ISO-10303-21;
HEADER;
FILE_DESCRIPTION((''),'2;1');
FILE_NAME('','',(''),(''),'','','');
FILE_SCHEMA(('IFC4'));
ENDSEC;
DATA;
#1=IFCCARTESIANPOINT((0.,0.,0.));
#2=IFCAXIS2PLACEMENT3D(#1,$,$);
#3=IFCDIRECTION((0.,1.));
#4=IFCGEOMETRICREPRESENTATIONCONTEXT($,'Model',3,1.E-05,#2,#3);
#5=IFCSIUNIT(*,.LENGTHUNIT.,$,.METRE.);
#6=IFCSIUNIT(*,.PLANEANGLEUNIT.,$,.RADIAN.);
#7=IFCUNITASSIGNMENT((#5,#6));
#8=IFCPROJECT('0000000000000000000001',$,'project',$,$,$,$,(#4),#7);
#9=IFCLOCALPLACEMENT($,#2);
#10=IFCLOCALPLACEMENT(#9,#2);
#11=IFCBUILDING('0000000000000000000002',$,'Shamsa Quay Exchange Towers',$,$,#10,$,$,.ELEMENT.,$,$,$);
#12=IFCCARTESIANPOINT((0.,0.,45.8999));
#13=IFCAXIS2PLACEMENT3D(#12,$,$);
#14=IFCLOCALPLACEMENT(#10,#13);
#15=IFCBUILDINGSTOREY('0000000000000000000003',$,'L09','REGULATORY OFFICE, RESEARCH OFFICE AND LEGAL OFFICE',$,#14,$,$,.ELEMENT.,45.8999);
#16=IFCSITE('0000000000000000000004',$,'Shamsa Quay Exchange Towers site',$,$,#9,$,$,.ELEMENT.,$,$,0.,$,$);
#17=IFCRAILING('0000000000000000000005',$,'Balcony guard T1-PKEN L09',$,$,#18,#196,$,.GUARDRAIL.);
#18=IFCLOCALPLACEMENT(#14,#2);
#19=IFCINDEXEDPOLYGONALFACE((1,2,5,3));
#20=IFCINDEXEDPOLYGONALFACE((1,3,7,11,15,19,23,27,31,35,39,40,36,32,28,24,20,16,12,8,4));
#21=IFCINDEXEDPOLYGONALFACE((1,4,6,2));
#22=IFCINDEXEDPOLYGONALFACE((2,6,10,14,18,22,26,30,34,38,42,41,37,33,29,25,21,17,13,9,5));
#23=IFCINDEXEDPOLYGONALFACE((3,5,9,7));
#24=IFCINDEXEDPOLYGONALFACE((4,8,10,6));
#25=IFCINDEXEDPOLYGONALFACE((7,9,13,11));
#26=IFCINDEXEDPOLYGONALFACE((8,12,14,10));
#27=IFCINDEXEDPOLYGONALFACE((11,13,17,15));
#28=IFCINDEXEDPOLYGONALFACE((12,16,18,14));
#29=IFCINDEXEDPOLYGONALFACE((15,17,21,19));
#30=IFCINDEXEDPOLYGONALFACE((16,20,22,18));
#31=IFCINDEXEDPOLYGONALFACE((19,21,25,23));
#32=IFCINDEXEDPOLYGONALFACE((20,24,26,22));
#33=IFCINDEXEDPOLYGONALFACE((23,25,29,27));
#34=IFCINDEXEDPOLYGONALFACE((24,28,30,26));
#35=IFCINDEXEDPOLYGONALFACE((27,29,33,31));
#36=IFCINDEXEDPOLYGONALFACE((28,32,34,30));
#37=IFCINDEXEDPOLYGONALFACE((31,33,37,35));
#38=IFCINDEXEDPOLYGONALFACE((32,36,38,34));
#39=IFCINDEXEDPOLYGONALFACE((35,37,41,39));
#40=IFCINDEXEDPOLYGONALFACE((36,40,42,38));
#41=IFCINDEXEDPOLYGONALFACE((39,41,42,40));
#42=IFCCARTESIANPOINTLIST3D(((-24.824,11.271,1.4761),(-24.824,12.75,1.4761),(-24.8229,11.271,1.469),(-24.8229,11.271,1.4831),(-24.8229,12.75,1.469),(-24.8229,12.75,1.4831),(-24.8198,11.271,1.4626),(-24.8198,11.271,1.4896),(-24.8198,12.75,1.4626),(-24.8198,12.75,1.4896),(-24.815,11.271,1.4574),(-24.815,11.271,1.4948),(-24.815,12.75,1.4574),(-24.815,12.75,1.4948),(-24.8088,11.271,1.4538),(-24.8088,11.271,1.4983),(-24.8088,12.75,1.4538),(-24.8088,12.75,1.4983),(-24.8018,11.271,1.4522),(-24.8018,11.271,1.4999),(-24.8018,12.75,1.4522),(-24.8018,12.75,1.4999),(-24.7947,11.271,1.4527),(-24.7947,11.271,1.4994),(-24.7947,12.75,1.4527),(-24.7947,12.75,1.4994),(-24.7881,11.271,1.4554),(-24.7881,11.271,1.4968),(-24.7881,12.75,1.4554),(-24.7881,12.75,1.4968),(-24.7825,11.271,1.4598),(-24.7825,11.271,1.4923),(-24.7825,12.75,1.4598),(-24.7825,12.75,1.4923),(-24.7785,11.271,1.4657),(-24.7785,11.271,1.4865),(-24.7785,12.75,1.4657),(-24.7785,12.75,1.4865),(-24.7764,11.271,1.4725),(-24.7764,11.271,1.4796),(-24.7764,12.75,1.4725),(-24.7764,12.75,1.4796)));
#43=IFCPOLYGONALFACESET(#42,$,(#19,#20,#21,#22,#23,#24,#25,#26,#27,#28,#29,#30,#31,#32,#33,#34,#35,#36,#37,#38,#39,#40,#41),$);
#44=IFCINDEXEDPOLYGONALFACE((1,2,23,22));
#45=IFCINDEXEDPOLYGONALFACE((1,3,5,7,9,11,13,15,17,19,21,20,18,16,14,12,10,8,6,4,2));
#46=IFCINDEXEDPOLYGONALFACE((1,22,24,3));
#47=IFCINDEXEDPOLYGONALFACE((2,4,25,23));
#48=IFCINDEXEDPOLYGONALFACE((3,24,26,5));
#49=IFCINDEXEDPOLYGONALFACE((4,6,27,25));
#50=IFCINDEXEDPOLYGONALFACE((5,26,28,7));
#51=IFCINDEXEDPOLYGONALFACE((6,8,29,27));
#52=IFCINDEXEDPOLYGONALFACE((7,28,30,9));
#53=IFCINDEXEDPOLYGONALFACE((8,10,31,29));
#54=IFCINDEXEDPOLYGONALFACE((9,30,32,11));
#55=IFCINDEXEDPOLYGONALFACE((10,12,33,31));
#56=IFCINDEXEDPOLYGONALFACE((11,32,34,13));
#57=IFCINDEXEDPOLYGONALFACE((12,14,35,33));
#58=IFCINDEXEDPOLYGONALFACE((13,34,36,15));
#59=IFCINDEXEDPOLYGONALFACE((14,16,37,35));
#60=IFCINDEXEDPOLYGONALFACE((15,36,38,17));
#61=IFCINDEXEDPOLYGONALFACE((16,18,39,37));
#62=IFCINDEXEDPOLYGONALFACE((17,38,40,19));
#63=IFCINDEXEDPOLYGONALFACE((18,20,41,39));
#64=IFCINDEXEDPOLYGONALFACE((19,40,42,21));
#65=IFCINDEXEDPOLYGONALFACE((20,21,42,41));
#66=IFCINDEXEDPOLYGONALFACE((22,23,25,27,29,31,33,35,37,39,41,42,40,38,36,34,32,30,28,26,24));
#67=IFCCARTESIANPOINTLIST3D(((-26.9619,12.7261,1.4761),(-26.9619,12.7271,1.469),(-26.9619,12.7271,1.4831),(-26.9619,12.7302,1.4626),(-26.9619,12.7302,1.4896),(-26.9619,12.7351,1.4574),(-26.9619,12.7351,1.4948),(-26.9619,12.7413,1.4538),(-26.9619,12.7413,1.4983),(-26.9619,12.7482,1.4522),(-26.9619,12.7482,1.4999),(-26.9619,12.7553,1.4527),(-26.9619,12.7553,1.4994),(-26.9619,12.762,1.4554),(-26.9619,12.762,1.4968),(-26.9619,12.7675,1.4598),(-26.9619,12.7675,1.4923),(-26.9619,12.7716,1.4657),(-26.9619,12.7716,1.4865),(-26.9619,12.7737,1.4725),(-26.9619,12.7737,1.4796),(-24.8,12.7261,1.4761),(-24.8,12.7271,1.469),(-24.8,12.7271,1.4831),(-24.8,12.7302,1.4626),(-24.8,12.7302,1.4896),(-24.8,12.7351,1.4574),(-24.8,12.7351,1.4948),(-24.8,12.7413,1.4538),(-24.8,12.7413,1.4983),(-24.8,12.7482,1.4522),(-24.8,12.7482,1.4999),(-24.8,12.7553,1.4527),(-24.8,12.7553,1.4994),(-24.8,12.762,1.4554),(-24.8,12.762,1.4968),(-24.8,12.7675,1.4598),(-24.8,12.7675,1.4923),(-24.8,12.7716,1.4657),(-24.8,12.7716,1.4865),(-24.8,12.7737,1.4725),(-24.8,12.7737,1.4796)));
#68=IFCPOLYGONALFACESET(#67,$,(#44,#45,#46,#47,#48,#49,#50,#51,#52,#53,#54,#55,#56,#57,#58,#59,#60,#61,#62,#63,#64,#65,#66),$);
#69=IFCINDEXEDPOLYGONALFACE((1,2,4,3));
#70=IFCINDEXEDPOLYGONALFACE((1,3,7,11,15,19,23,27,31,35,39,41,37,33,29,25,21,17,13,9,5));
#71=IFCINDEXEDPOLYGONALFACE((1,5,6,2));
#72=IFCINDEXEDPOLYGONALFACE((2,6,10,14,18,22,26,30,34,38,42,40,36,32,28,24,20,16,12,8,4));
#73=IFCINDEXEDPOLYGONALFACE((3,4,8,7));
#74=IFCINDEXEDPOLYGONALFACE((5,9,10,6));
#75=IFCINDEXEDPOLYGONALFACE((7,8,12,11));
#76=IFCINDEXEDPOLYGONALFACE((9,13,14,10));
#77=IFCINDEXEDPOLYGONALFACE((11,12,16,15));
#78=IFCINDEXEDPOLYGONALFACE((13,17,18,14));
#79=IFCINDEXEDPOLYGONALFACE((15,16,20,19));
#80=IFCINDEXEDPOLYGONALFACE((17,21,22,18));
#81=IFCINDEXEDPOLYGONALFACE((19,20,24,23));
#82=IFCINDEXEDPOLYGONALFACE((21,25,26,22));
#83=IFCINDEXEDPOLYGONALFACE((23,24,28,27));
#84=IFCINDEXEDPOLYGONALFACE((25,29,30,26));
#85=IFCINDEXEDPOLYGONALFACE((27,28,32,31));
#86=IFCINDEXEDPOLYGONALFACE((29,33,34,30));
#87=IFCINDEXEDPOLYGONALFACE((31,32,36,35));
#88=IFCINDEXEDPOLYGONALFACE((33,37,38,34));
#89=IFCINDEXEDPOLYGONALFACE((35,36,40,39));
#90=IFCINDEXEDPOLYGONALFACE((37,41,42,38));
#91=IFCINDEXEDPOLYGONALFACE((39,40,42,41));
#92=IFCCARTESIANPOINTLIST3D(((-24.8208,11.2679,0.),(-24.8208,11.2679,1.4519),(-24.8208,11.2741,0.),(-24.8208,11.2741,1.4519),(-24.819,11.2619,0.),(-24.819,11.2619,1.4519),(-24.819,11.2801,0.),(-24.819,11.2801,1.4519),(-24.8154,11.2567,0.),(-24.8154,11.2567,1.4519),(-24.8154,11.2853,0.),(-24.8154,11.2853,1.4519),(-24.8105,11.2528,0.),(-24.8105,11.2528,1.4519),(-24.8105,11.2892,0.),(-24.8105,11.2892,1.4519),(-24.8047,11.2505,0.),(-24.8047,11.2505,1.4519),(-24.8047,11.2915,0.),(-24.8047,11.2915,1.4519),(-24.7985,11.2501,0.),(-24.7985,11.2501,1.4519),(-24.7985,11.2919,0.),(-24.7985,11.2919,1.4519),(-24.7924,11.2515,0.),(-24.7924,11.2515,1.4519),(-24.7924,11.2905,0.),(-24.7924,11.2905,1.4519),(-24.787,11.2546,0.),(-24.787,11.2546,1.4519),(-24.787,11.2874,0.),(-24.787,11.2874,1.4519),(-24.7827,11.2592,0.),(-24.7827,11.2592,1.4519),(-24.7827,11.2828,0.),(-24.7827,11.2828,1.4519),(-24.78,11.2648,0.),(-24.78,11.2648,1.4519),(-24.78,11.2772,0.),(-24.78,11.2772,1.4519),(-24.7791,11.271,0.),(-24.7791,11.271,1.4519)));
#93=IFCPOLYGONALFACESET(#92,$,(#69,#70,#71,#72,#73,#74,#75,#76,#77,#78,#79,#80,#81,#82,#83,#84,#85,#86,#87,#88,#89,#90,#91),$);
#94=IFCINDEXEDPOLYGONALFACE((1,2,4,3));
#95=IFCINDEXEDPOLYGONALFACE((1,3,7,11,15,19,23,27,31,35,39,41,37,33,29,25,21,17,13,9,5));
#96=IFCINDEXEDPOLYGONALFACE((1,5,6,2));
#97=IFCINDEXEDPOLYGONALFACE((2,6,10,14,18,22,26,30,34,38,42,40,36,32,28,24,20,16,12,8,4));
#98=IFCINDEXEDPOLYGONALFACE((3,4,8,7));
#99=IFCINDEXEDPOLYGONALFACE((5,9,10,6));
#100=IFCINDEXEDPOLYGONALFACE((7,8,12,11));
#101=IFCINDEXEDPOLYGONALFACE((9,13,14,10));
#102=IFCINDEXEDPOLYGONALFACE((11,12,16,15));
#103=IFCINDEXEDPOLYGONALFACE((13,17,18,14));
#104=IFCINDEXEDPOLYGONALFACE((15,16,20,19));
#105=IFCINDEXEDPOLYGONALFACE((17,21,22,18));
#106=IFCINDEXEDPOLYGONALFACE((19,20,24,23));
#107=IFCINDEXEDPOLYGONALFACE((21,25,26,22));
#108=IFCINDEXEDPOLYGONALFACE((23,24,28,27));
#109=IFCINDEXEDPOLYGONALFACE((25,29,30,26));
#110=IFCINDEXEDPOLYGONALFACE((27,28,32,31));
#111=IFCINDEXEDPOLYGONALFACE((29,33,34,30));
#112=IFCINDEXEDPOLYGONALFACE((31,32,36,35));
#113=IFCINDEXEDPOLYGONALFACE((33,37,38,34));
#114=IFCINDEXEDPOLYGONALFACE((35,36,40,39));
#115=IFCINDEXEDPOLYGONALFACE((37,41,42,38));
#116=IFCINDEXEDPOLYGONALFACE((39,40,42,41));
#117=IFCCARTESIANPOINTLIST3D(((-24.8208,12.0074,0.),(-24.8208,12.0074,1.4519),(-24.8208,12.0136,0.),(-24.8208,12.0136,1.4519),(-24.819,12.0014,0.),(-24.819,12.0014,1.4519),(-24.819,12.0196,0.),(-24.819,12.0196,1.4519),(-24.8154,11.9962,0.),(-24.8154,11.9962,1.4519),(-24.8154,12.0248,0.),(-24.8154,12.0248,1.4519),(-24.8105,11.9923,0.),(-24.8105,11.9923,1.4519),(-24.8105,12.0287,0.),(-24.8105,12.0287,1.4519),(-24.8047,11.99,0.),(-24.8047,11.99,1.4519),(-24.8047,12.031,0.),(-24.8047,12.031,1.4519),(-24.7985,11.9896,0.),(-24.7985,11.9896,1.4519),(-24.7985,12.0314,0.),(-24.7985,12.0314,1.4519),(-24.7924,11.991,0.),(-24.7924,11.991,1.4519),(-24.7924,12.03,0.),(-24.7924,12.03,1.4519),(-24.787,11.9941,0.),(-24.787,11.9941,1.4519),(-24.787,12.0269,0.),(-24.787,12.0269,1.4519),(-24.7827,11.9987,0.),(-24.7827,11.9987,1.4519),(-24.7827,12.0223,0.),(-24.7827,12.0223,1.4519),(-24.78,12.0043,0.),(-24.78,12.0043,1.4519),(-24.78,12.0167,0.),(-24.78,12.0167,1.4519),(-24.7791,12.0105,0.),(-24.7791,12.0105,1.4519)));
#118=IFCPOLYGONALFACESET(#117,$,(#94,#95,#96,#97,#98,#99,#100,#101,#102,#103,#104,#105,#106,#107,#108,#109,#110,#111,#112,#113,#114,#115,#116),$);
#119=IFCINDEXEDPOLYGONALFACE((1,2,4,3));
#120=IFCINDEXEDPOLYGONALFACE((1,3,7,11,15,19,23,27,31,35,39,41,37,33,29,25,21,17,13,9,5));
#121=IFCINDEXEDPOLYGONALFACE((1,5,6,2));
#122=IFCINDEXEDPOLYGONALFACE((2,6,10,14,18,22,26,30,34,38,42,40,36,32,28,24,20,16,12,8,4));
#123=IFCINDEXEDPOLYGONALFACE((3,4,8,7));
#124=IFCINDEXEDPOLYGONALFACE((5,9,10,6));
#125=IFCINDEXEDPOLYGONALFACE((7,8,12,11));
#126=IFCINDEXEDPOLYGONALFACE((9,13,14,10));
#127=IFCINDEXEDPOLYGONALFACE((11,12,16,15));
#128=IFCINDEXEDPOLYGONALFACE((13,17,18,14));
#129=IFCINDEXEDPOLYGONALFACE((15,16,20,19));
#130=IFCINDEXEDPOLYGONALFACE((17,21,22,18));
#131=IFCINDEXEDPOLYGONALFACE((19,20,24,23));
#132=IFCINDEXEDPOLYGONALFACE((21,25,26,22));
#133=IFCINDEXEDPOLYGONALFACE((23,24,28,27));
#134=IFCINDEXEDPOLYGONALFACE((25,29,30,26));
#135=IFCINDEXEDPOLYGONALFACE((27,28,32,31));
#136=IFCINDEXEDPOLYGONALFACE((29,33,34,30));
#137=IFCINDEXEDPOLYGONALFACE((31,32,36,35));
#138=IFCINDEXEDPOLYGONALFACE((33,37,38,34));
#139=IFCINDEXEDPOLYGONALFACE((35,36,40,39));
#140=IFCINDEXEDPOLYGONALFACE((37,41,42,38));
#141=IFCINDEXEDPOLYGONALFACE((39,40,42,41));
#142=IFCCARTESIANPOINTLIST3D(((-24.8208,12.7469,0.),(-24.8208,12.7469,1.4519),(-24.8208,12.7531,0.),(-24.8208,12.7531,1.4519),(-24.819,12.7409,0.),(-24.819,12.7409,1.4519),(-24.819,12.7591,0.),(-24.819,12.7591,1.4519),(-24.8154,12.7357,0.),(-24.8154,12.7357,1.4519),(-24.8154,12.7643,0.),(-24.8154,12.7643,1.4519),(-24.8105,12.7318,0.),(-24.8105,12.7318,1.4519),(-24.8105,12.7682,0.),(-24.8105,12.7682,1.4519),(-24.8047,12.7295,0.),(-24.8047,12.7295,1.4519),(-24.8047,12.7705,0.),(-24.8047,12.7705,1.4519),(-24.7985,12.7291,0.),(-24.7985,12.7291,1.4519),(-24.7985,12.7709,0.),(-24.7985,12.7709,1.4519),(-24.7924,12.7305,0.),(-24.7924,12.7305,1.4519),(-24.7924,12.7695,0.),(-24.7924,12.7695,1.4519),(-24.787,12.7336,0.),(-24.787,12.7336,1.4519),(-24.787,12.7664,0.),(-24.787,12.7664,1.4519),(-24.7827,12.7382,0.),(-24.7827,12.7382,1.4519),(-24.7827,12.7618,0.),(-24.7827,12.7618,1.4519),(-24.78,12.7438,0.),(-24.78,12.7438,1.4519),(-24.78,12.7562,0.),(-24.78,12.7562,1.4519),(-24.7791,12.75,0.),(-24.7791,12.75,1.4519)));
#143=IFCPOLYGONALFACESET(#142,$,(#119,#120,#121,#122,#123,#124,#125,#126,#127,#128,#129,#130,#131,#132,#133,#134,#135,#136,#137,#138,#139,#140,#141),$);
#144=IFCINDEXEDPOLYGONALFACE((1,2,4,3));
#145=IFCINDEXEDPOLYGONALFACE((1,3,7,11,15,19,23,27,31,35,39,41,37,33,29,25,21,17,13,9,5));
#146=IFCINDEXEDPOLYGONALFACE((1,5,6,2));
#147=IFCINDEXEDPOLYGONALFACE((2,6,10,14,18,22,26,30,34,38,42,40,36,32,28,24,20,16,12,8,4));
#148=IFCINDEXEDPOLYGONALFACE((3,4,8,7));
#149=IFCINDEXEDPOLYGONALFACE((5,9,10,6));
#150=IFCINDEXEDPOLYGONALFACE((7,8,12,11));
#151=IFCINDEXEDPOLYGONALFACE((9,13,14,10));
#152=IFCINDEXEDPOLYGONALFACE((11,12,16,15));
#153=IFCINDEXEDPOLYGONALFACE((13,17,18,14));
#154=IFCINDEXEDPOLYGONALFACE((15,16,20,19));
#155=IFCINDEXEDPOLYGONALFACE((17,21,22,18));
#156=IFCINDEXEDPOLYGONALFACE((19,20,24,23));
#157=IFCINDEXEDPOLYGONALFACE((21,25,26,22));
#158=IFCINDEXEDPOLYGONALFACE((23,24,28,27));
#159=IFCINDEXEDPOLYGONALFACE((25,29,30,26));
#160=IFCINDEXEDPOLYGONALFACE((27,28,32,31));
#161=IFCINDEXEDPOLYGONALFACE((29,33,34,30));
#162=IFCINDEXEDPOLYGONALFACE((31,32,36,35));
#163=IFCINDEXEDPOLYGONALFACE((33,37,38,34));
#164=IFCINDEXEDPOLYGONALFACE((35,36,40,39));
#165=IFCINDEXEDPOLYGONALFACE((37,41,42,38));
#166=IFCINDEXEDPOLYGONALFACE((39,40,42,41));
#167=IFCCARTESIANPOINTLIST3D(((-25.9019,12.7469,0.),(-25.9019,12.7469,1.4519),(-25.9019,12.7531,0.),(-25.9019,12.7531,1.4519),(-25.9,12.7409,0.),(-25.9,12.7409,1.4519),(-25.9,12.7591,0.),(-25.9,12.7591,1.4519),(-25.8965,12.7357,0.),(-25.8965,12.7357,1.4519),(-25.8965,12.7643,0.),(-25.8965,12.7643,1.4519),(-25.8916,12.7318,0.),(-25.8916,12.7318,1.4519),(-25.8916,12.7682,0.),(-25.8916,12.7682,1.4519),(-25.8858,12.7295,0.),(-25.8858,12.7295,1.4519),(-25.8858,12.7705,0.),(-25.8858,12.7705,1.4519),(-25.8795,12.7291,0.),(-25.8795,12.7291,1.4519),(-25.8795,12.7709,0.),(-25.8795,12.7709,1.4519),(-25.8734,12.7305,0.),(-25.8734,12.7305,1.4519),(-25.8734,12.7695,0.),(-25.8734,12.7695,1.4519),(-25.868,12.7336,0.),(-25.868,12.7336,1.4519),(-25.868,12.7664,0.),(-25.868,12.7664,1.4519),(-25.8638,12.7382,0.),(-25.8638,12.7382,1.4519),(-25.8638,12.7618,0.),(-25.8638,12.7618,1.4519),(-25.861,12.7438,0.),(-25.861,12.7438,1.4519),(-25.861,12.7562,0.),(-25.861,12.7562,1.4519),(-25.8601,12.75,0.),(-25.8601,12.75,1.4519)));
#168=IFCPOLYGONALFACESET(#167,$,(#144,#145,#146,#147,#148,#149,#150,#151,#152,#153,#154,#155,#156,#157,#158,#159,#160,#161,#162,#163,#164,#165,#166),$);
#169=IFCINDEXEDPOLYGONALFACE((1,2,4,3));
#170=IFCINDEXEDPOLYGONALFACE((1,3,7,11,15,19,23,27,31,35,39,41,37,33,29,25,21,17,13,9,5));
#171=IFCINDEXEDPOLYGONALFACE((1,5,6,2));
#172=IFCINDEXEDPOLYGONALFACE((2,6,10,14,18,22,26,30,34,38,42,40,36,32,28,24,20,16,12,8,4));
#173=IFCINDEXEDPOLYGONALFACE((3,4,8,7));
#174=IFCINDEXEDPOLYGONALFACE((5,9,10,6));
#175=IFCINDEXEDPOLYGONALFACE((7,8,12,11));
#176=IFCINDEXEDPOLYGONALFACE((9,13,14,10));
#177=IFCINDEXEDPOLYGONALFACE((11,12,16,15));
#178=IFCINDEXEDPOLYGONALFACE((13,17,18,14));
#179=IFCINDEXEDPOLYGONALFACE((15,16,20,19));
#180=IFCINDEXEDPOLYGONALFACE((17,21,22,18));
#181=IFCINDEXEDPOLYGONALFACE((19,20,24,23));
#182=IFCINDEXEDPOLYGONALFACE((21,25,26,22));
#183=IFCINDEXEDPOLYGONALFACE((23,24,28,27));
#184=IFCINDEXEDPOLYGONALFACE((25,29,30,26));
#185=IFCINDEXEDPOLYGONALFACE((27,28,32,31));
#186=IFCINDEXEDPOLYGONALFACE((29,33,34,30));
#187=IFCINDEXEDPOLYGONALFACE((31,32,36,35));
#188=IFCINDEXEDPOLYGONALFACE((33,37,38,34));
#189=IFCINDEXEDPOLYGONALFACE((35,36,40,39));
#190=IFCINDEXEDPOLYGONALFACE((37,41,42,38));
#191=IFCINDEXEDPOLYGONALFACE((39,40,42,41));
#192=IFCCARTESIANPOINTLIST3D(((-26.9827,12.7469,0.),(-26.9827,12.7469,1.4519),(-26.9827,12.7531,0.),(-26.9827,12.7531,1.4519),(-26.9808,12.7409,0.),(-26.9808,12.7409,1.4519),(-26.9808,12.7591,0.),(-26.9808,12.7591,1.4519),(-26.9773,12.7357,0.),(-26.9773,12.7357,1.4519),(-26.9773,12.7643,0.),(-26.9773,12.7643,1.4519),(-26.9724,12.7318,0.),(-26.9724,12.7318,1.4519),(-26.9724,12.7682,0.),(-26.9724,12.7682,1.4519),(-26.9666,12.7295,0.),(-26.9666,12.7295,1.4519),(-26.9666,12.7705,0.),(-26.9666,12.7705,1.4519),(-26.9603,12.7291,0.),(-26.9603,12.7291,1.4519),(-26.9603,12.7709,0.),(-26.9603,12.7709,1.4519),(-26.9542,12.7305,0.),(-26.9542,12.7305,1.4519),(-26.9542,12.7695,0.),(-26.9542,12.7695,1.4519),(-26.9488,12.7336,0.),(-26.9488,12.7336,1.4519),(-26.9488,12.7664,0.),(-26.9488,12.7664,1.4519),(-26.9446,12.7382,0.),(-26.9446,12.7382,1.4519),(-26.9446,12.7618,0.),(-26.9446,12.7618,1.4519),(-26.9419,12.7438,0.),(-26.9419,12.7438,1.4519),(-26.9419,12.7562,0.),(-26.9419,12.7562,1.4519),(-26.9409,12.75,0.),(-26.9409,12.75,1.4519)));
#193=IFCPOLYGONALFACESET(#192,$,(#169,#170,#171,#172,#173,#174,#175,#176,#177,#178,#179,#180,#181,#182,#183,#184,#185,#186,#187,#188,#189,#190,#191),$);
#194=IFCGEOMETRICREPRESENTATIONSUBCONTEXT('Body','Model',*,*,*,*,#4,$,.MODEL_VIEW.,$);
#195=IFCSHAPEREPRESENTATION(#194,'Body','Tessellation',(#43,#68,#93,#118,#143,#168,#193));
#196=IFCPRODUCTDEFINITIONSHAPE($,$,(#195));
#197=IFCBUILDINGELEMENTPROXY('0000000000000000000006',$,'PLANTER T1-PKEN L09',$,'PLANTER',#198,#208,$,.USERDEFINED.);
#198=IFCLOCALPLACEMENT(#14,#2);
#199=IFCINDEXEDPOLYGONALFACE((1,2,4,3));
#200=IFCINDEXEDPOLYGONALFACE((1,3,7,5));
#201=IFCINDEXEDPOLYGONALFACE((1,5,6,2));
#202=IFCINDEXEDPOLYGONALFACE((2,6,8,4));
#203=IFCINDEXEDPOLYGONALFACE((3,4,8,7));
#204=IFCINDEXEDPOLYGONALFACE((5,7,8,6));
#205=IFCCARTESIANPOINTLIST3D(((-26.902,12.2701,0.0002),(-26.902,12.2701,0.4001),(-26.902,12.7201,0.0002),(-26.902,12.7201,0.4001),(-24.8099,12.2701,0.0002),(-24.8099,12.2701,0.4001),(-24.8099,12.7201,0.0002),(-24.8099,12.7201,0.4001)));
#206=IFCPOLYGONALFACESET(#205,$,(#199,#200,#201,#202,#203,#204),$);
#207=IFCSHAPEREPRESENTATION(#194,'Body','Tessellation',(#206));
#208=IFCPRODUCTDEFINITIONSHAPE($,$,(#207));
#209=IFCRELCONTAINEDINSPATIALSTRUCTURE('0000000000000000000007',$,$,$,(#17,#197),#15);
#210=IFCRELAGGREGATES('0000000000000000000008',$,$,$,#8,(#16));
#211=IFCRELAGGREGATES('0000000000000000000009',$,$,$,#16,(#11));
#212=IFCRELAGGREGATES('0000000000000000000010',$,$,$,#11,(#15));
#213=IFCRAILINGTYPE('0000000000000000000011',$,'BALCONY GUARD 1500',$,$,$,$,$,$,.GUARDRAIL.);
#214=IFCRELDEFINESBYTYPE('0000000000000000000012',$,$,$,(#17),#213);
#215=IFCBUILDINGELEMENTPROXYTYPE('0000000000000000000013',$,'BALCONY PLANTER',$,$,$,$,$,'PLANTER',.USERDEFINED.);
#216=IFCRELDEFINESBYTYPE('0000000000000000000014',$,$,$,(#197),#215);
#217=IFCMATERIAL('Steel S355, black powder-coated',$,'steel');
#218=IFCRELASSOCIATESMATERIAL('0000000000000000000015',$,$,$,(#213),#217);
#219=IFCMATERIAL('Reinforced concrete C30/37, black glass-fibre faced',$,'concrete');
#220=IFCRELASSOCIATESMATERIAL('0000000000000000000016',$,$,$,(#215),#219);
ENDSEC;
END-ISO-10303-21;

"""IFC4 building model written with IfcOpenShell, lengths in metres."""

from ifc_helpers import new_model, si_unit, direction, frame, origin, origin_2d, place, context, subcontext, project, spatial, rectangle, circle, extrude, material, type_object, element, save


model = new_model("IFC4")

# Units and contexts
model_context = context("Model", 3, precision=1e-05, world=origin(), true_north=direction((0.0, 1.0)))
body_context = subcontext(model_context, "Body", "Model", "MODEL_VIEW")
ifc_project = project(units=[si_unit("LENGTHUNIT", "METRE"), si_unit("PLANEANGLEUNIT", "RADIAN")], contexts=[model_context])

# Site, building, storey
site_placement = place(None, origin())
site = spatial("IfcSite", under=ifc_project, at=site_placement, Name="Shamsa Quay Exchange Towers site", CompositionType="ELEMENT", RefElevation=0.0)
building_placement = place(site_placement, origin())
building = spatial("IfcBuilding", under=site, at=building_placement, Name="Shamsa Quay Exchange Towers", CompositionType="ELEMENT")
storey_placement = place(building_placement, frame((0.0, 0.0, 45.8999)))
storey = spatial("IfcBuildingStorey", under=building, at=storey_placement, Name="L09", Description="REGULATORY OFFICE, RESEARCH OFFICE AND LEGAL OFFICE", CompositionType="ELEMENT", Elevation=45.8999)

# Railing
ifc_material_1 = material(Name="Steel S355, black powder-coated", Category="steel")
railing_type = type_object("IfcRailingType", Name="BALCONY GUARD 1500", PredefinedType="GUARDRAIL", material=ifc_material_1)
railing_placement = place(storey_placement, frame((-24.8, 11.271, 0.0)))
element("IfcRailing", 1, at=railing_placement, inside=storey, type_object=railing_type, Name="Balcony guard T1-PKEN L09", PredefinedType="GUARDRAIL", context=body_context, shape_type="SweptSolid", body=[
    extrude(circle(Radius=0.0239, at=origin_2d()), frame((0.0, 0.0, 1.4761), z_axis=(0.0, 1.0, 0.0), x_axis=(-1.0, 0.0, 0.0)), (0.0, 0.0, 1.0), 1.479),
    extrude(circle(Radius=0.0239, at=origin_2d()), frame((0.0, 1.479, 1.4761), z_axis=(-1.0, 0.0, 0.0), x_axis=(0.0, -1.0, 0.0)), (0.0, 0.0, 1.0), 2.1619),
    extrude(circle(Radius=0.021, at=origin_2d()), origin(), (0.0, 0.0, 1.0), 1.4519),
    extrude(circle(Radius=0.021, at=origin_2d()), frame((0.0, 0.7395, 0.0)), (0.0, 0.0, 1.0), 1.4519),
    extrude(circle(Radius=0.021, at=origin_2d()), frame((0.0, 1.479, 0.0)), (0.0, 0.0, 1.0), 1.4519),
    extrude(circle(Radius=0.021, at=origin_2d()), frame((-1.0811, 1.479, 0.0)), (0.0, 0.0, 1.0), 1.4519),
    extrude(circle(Radius=0.021, at=origin_2d()), frame((-2.1619, 1.479, 0.0)), (0.0, 0.0, 1.0), 1.4519),
])

# Building element proxy
ifc_material_2 = material(Name="Reinforced concrete C30/37, black glass-fibre faced", Category="concrete")
building_element_proxy_type = type_object("IfcBuildingElementProxyType", Name="BALCONY PLANTER", ElementType="PLANTER", PredefinedType="USERDEFINED", material=ifc_material_2)
proxy_placement = place(storey_placement, frame((-25.856, 12.4951, 0.0002), z_axis=(0.0, 0.0, 1.0), x_axis=(-1.0, 0.0, 0.0)))
element("IfcBuildingElementProxy", 2, at=proxy_placement, inside=storey, type_object=building_element_proxy_type, Name="PLANTER T1-PKEN L09", ObjectType="PLANTER", PredefinedType="USERDEFINED", context=body_context, shape_type="SweptSolid", body=[
    extrude(rectangle(XDim=2.092, YDim=0.45, at=origin_2d()), origin(), (0.0, 0.0, 1.0), 0.3999),
])

save(model, "model.ifc")
